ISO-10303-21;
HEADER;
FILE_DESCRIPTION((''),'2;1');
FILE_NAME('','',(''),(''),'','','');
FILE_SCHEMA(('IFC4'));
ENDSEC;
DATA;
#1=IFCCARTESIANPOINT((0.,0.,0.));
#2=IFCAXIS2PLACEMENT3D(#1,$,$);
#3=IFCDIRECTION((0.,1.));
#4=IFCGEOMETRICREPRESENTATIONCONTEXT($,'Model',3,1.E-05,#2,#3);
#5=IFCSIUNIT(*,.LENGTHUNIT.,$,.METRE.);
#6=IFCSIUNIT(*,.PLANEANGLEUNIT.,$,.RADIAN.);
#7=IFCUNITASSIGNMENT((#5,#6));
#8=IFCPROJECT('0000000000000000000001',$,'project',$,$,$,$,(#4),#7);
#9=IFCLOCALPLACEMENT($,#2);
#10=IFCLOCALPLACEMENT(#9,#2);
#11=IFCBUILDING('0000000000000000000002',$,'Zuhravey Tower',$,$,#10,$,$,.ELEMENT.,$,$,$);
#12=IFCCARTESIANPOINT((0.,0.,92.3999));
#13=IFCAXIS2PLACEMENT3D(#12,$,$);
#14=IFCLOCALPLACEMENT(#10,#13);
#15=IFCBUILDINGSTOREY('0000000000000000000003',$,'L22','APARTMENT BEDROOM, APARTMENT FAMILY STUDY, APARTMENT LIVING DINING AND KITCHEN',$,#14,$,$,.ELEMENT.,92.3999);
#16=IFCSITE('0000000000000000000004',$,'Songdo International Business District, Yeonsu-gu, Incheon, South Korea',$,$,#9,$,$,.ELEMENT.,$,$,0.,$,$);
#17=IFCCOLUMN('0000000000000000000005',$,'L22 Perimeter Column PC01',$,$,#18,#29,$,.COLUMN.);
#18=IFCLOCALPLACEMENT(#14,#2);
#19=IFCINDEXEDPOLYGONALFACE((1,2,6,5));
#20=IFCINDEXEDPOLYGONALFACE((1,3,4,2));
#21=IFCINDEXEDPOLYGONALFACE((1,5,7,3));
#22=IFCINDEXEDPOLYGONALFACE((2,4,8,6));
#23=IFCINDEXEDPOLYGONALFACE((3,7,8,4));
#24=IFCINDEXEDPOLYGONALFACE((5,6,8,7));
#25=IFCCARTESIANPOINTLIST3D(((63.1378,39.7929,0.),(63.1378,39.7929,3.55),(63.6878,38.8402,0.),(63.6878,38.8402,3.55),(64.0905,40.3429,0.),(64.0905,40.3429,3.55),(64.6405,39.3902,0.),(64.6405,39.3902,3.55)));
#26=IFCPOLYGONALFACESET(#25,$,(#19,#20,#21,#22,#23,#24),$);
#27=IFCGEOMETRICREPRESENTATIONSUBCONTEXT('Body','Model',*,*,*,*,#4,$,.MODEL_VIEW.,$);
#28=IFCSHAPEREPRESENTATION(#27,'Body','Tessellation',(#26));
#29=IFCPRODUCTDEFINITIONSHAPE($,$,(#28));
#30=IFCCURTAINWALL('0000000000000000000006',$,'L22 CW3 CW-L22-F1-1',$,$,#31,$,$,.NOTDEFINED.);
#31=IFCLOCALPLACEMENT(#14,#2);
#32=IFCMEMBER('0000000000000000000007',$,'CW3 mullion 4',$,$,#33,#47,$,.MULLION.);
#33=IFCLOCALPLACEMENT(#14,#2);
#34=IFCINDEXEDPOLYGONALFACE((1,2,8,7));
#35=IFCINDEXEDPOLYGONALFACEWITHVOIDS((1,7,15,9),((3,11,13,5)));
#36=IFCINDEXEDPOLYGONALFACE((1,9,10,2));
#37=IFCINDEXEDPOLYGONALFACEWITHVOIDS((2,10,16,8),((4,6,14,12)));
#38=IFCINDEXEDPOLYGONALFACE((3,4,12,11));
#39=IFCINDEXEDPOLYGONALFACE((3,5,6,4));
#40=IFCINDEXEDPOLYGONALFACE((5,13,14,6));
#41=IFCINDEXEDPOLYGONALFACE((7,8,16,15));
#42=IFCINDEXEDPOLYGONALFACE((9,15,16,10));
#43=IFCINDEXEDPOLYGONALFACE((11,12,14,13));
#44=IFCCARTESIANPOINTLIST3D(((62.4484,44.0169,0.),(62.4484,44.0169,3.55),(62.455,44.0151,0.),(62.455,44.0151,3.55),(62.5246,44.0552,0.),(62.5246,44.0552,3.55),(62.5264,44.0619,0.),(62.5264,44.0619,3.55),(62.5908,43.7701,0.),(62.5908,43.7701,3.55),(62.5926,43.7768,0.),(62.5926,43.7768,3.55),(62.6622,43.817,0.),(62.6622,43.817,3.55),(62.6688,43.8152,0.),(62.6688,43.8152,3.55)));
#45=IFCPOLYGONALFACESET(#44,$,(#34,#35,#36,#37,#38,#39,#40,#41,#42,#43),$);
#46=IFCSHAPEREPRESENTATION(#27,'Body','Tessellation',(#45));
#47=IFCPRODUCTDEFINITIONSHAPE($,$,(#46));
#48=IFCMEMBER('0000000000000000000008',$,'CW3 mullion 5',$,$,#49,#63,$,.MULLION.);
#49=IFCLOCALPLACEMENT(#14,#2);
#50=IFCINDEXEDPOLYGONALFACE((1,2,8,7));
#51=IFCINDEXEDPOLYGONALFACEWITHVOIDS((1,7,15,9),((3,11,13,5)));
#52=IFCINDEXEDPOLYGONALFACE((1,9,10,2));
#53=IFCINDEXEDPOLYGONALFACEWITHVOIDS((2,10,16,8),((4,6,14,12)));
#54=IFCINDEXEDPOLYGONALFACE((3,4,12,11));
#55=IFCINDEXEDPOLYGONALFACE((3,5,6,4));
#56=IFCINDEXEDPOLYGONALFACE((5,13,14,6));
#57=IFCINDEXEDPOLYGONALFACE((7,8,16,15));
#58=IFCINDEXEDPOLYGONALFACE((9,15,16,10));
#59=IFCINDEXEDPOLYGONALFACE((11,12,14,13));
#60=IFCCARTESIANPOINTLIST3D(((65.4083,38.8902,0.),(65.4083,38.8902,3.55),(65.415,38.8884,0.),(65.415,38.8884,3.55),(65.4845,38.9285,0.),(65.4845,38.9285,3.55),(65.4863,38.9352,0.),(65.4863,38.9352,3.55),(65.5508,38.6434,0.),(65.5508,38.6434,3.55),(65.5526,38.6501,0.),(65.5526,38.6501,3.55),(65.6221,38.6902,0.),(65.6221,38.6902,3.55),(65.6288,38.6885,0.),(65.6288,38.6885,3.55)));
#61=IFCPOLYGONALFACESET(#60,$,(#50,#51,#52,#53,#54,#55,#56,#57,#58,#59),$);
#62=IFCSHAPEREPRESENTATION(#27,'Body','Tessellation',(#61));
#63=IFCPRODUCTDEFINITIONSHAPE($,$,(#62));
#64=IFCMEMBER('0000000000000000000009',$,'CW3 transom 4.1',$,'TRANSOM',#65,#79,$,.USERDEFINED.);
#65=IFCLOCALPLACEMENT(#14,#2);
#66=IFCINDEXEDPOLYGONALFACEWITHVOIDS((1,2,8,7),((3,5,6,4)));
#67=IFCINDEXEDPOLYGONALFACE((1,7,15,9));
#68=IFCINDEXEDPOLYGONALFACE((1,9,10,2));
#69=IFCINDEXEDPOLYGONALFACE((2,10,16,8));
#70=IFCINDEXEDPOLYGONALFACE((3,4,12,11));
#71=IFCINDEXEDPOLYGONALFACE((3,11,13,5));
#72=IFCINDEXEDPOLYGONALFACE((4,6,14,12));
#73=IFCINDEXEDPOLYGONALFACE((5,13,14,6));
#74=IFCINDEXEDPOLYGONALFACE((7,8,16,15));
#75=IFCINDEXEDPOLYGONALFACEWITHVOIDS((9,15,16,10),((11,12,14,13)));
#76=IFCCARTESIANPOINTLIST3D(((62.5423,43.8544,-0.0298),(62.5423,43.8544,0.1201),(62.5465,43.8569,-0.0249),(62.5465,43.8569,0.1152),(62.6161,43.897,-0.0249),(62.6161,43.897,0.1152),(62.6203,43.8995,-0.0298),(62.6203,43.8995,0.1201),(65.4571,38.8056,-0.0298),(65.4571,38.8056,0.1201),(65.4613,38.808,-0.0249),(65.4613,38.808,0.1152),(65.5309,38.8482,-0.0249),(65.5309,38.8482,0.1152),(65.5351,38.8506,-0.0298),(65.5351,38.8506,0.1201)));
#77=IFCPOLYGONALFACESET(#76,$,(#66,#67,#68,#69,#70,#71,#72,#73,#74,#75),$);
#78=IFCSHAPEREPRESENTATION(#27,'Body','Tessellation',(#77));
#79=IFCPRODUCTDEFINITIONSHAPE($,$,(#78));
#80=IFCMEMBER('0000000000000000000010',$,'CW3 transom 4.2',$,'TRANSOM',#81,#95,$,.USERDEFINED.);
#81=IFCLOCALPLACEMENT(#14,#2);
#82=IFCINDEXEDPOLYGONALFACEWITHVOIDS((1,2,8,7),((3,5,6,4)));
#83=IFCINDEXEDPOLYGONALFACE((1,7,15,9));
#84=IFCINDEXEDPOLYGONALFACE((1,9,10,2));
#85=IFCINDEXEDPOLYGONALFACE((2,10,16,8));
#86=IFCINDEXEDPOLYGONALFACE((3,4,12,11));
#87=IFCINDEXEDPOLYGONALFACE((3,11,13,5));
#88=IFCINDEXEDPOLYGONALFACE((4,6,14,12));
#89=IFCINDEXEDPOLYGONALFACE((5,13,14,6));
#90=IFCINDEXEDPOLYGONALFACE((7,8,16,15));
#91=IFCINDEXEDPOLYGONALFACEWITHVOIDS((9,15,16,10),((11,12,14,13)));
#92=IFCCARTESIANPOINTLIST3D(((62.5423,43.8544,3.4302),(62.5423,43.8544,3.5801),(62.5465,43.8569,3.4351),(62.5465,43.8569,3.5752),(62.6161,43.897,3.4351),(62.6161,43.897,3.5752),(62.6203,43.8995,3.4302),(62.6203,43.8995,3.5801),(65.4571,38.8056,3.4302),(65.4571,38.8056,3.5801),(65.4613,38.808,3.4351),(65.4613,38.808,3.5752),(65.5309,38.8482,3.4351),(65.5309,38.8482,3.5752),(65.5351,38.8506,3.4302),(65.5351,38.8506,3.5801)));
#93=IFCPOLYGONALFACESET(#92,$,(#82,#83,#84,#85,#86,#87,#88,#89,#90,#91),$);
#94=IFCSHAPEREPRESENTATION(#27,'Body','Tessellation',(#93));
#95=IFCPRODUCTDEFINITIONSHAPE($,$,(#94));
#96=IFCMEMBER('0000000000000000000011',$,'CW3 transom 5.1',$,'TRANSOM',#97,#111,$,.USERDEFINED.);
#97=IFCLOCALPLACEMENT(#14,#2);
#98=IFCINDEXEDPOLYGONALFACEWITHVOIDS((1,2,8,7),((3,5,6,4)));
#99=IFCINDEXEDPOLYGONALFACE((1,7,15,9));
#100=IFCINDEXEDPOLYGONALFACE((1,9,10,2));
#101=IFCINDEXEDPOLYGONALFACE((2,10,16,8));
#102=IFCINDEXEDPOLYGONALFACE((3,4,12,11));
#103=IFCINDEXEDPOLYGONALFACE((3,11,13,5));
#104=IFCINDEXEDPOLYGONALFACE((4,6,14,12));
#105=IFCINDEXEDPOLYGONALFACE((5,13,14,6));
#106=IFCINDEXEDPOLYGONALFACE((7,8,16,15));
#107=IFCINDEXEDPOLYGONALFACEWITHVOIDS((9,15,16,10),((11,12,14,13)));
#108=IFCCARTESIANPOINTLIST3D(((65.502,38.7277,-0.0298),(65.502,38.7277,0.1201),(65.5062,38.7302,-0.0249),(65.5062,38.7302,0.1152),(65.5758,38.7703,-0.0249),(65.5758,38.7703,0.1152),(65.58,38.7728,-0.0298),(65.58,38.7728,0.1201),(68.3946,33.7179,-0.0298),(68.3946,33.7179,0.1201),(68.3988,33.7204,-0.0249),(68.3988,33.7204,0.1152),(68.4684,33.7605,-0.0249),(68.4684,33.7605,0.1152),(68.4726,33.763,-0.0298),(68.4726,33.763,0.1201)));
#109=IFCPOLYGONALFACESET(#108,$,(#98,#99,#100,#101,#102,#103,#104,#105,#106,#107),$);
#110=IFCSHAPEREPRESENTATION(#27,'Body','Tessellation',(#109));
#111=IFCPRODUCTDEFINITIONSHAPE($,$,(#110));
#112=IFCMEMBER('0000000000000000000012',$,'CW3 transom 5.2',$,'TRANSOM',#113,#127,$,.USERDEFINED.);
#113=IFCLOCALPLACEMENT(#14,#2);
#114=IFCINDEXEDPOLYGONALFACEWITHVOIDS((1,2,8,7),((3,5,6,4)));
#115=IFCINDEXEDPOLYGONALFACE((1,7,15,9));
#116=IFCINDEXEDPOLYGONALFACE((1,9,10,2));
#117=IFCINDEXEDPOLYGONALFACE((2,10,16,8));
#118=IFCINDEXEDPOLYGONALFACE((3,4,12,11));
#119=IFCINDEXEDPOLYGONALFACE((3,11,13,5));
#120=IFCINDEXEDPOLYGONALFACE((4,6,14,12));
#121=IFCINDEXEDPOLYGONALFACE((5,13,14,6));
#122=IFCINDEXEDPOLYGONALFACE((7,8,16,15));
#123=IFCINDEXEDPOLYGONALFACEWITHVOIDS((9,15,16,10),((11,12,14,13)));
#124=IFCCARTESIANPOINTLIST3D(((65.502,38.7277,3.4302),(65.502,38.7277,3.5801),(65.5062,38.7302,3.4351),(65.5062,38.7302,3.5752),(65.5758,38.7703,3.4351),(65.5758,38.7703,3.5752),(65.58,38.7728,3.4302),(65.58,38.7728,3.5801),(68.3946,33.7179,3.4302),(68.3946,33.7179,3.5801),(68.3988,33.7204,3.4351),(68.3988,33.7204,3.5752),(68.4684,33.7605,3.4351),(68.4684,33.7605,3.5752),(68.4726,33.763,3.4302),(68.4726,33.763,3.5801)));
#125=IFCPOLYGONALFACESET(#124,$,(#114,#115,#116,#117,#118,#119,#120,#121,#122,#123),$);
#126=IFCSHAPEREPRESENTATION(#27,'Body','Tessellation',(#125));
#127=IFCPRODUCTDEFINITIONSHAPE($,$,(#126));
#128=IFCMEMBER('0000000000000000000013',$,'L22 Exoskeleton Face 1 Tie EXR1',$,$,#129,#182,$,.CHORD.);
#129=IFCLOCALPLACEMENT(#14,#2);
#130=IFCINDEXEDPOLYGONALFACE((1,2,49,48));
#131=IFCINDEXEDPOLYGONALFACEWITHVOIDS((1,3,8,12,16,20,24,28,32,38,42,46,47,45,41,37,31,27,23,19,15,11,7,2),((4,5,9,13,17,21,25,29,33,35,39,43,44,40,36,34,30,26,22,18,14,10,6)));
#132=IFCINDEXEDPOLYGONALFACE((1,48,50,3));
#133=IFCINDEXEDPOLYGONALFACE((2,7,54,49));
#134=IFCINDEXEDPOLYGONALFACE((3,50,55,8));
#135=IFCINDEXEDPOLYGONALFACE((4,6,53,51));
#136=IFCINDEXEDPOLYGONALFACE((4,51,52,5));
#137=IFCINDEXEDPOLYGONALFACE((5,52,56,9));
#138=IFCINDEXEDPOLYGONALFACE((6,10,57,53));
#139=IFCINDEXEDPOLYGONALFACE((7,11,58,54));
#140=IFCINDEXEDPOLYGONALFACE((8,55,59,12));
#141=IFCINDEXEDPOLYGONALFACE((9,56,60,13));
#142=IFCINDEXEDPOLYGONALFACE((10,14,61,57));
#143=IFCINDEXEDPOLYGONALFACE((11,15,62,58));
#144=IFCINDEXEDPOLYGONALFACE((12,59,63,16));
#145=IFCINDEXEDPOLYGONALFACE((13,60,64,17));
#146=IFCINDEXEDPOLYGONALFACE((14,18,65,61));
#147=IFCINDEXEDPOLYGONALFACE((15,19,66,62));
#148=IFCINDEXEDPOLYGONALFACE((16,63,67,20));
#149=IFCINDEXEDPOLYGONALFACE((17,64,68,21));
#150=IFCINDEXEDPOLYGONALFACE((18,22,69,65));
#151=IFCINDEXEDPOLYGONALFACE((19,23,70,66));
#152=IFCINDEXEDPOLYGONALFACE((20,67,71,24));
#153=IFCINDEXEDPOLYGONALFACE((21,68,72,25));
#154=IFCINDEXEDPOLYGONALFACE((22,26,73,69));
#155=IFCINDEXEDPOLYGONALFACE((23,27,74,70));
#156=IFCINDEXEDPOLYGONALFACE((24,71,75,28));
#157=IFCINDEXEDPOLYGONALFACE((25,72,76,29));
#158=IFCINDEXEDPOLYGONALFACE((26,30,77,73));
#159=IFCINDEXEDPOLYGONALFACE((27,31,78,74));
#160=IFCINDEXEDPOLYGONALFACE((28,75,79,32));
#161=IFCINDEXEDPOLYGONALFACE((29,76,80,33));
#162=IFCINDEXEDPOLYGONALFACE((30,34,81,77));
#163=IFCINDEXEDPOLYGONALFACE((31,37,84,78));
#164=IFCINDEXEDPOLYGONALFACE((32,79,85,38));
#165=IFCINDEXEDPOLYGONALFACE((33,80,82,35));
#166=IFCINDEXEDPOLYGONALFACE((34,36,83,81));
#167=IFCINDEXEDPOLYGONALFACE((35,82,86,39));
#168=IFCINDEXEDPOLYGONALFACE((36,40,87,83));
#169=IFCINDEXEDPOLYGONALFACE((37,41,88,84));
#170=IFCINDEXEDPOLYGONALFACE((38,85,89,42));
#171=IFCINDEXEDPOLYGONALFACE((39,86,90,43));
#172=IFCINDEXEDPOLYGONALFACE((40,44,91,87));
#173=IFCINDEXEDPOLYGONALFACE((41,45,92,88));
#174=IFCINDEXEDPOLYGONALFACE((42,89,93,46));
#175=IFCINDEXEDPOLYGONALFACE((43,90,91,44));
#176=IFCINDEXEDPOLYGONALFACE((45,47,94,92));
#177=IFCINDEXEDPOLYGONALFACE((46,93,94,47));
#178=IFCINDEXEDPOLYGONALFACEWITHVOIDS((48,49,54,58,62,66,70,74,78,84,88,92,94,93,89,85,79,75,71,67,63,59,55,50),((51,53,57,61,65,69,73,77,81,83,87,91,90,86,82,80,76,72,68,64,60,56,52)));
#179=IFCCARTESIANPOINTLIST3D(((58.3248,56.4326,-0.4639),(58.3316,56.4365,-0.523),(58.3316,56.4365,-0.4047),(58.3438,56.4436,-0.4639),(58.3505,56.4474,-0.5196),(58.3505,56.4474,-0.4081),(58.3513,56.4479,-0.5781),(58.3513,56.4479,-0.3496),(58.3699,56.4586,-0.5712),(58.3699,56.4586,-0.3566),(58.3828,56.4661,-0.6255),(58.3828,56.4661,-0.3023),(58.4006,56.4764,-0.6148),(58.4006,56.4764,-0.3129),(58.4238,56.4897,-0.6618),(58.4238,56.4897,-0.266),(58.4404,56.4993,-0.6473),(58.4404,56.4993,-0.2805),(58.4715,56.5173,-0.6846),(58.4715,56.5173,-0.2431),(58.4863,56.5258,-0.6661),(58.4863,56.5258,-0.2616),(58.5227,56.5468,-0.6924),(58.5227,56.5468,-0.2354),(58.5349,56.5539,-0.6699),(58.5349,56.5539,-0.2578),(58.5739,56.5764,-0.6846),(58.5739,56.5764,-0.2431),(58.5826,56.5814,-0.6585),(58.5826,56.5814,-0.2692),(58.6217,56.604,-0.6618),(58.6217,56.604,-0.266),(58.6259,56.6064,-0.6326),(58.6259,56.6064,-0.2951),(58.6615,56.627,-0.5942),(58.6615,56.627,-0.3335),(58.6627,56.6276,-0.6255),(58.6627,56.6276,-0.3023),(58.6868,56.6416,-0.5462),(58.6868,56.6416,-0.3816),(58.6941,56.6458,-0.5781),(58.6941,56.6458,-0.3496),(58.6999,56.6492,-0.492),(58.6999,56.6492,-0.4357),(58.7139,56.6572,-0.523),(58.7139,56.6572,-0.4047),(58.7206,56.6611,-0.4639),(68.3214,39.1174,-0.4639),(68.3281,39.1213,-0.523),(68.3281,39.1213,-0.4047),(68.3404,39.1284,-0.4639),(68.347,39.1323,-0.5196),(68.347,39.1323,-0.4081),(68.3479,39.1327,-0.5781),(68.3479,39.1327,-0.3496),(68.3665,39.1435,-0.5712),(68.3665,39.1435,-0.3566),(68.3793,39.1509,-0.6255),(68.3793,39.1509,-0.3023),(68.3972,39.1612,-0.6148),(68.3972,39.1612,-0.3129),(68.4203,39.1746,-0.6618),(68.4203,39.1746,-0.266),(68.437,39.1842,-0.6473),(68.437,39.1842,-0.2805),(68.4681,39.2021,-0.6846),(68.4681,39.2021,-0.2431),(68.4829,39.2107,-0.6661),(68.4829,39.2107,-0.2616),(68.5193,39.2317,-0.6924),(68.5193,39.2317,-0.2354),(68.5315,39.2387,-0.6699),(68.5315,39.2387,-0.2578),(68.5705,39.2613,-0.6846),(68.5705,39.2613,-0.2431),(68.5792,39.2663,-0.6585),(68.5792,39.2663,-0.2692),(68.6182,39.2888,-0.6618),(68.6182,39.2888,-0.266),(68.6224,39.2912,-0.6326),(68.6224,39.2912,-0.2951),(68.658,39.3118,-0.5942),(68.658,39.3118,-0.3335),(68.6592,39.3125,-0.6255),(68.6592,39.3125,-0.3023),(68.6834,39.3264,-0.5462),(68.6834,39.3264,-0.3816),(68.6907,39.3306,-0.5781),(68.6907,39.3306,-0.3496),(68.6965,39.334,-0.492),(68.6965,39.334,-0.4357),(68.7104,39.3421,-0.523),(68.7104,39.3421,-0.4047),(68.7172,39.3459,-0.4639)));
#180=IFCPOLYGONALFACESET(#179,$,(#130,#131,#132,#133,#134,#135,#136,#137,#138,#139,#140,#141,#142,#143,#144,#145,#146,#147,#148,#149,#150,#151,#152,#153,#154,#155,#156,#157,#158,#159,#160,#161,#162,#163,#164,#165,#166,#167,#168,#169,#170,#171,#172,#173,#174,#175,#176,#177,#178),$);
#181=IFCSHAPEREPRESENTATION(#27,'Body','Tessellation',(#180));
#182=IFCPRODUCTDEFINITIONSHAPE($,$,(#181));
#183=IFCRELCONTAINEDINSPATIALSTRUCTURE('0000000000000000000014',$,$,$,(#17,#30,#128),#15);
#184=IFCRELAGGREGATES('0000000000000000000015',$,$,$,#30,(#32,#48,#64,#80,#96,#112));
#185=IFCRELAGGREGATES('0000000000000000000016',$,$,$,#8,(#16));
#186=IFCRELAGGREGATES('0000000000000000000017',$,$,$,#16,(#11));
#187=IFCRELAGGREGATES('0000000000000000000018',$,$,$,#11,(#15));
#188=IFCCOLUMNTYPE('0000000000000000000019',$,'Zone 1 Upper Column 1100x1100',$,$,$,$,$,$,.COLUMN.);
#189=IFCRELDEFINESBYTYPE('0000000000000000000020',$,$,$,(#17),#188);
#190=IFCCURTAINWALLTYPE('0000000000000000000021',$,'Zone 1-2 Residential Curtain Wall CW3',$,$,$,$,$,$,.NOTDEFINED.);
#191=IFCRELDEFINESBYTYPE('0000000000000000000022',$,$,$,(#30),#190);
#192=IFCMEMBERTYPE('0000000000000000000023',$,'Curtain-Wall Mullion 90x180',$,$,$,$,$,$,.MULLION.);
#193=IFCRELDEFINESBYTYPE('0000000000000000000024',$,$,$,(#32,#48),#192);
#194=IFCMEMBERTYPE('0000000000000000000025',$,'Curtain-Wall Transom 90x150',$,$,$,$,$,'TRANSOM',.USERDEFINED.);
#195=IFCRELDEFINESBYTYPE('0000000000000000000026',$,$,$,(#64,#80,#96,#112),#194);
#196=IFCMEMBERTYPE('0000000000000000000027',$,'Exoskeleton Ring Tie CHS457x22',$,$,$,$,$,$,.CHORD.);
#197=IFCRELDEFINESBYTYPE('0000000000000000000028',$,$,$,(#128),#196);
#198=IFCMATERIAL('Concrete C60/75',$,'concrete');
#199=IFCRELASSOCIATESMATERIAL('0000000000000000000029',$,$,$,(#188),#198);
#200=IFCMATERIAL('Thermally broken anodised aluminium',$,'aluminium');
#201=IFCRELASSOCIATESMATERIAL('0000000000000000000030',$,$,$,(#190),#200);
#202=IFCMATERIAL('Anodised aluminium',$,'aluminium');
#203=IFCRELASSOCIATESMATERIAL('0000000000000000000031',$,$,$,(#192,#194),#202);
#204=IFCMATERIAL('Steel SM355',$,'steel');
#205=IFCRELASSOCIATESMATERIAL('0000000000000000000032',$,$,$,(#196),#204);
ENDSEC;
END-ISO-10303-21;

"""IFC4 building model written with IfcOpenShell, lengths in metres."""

from ifc_helpers import new_model, si_unit, direction, frame, origin, origin_2d, place, context, subcontext, project, spatial, rectangle, hollow_rectangle, hollow_circle, extrude, material, material_profile, profile_set, type_object, element, aggregate, save


model = new_model("IFC4")

# Units and contexts
model_context = context("Model", 3, precision=1e-05, world=origin(), true_north=direction((0.0, 1.0)))
body_context = subcontext(model_context, "Body", "Model", "MODEL_VIEW")
ifc_project = project(units=[si_unit("LENGTHUNIT", "METRE"), si_unit("PLANEANGLEUNIT", "RADIAN")], contexts=[model_context])

# Site, building, storey
site_placement = place(None, origin())
site = spatial("IfcSite", under=ifc_project, at=site_placement, Name="Songdo International Business District, Yeonsu-gu, Incheon, South Korea", CompositionType="ELEMENT", RefElevation=0.0)
building_placement = place(site_placement, origin())
building = spatial("IfcBuilding", under=site, at=building_placement, Name="Zuhravey Tower", CompositionType="ELEMENT")
storey_placement = place(building_placement, frame((0.0, 0.0, 92.3999)))
storey = spatial("IfcBuildingStorey", under=building, at=storey_placement, Name="L22", Description="APARTMENT BEDROOM, APARTMENT FAMILY STUDY, APARTMENT LIVING DINING AND KITCHEN", CompositionType="ELEMENT", Elevation=92.3999)

# Column
ifc_material_1 = material(Name="Concrete C60/75", Category="concrete")
ifc_material_profile_1 = material_profile(ifc_material_1, rectangle(XDim=1.1001, YDim=1.1001, at=origin_2d()), Name="RC-1100x1100")
ifc_profile_set_1 = profile_set([ifc_material_profile_1], Name="Concrete C60/75")
column_type = type_object("IfcColumnType", Name="Zone 1 Upper Column 1100x1100", PredefinedType="COLUMN", material=ifc_profile_set_1)
column_placement = place(storey_placement, frame((63.8892, 39.5916, 0.0), z_axis=(0.0, 0.0, 1.0), x_axis=(-0.5, 0.866025, 0.0)))
element("IfcColumn", 1, at=column_placement, inside=storey, type_object=column_type, Name="L22 Perimeter Column PC01", PredefinedType="COLUMN", context=body_context, shape_type="SweptSolid", body=[
    extrude(rectangle(XDim=1.1001, YDim=1.1001, at=origin_2d()), origin(), (0.0, 0.0, 1.0), 3.55),
])

# Curtain wall, members
ifc_material_2 = material(Name="Thermally broken anodised aluminium", Category="aluminium")
curtain_wall_type = type_object("IfcCurtainWallType", Name="Zone 1-2 Residential Curtain Wall CW3", PredefinedType="NOTDEFINED", material=ifc_material_2)
curtain_wall_placement = place(storey_placement, origin())
curtain_wall = element("IfcCurtainWall", 2, at=curtain_wall_placement, inside=storey, type_object=curtain_wall_type, Name="L22 CW3 CW-L22-F1-1", PredefinedType="NOTDEFINED")
ifc_material_3 = material(Name="Anodised aluminium", Category="aluminium")
ifc_material_profile_2 = material_profile(ifc_material_3, hollow_rectangle(XDim=0.0901, YDim=0.2849, WallThickness=0.0049, at=origin_2d()), Name="ALU-RHS-90x285x5")
ifc_profile_set_2 = profile_set([ifc_material_profile_2], Name="Anodised aluminium")
member_type_1 = type_object("IfcMemberType", Name="Curtain-Wall Mullion 90x180", PredefinedType="MULLION", material=ifc_profile_set_2)
member_1_placement = place(storey_placement, frame((62.5586, 43.916, 0.0), z_axis=(0.0, 0.0, 1.0), x_axis=(0.866026, 0.5, 0.0)))
member_1 = element("IfcMember", 3, at=member_1_placement, type_object=member_type_1, Name="CW3 mullion 4", PredefinedType="MULLION", context=body_context, shape_type="SweptSolid", body=[
    extrude(hollow_rectangle(XDim=0.0901, YDim=0.2849, WallThickness=0.0049, at=origin_2d()), origin(), (0.0, 0.0, 1.0), 3.55),
])
member_2_placement = place(storey_placement, frame((65.5186, 38.7893, 0.0), z_axis=(0.0, 0.0, 1.0), x_axis=(0.866026, 0.5, 0.0)))
member_2 = element("IfcMember", 4, at=member_2_placement, type_object=member_type_1, Name="CW3 mullion 5", PredefinedType="MULLION", context=body_context, shape_type="SweptSolid", body=[
    extrude(hollow_rectangle(XDim=0.0901, YDim=0.2849, WallThickness=0.0049, at=origin_2d()), origin(), (0.0, 0.0, 1.0), 3.55),
])
ifc_material_profile_3 = material_profile(ifc_material_3, hollow_rectangle(XDim=0.0901, YDim=0.1499, WallThickness=0.0049, at=origin_2d()), Name="ALU-RHS-90x150x5")
ifc_profile_set_3 = profile_set([ifc_material_profile_3], Name="Anodised aluminium")
member_type_2 = type_object("IfcMemberType", Name="Curtain-Wall Transom 90x150", ElementType="TRANSOM", PredefinedType="USERDEFINED", material=ifc_profile_set_3)
member_3_placement = place(storey_placement, frame((62.5813, 43.877, 0.0452), z_axis=(0.499981, -0.866036, 0.0), x_axis=(0.866036, 0.499981, 0.0)))
member_3 = element("IfcMember", 5, at=member_3_placement, type_object=member_type_2, Name="CW3 transom 4.1", ObjectType="TRANSOM", PredefinedType="USERDEFINED", context=body_context, shape_type="SweptSolid", body=[
    extrude(hollow_rectangle(XDim=0.0901, YDim=0.1499, WallThickness=0.0049, at=origin_2d()), origin(), (0.0, 0.0, 1.0), 5.8298),
])
member_4_placement = place(storey_placement, frame((62.5813, 43.877, 3.5051), z_axis=(0.499981, -0.866036, 0.0), x_axis=(0.866036, 0.499981, 0.0)))
member_4 = element("IfcMember", 6, at=member_4_placement, type_object=member_type_2, Name="CW3 transom 4.2", ObjectType="TRANSOM", PredefinedType="USERDEFINED", context=body_context, shape_type="SweptSolid", body=[
    extrude(hollow_rectangle(XDim=0.0901, YDim=0.1499, WallThickness=0.0049, at=origin_2d()), origin(), (0.0, 0.0, 1.0), 5.8298),
])
member_5_placement = place(storey_placement, frame((65.541, 38.7502, 0.0452), z_axis=(0.500024, -0.866011, 0.0), x_axis=(0.866011, 0.500024, 0.0)))
member_5 = element("IfcMember", 7, at=member_5_placement, type_object=member_type_2, Name="CW3 transom 5.1", ObjectType="TRANSOM", PredefinedType="USERDEFINED", context=body_context, shape_type="SweptSolid", body=[
    extrude(hollow_rectangle(XDim=0.0901, YDim=0.1499, WallThickness=0.0049, at=origin_2d()), origin(), (0.0, 0.0, 1.0), 5.7849),
])
member_6_placement = place(storey_placement, frame((65.541, 38.7502, 3.5051), z_axis=(0.500024, -0.866011, 0.0), x_axis=(0.866011, 0.500024, 0.0)))
member_6 = element("IfcMember", 8, at=member_6_placement, type_object=member_type_2, Name="CW3 transom 5.2", ObjectType="TRANSOM", PredefinedType="USERDEFINED", context=body_context, shape_type="SweptSolid", body=[
    extrude(hollow_rectangle(XDim=0.0901, YDim=0.1499, WallThickness=0.0049, at=origin_2d()), origin(), (0.0, 0.0, 1.0), 5.7849),
])

# Member
ifc_material_4 = material(Name="Steel SM355", Category="steel")
ifc_material_profile_4 = material_profile(ifc_material_4, hollow_circle(Radius=0.2285, WallThickness=0.022, at=origin_2d()), Name="CHS-457.2x22")
ifc_profile_set_4 = profile_set([ifc_material_profile_4], Name="Steel SM355")
member_type_3 = type_object("IfcMemberType", Name="Exoskeleton Ring Tie CHS457x22", PredefinedType="CHORD", material=ifc_profile_set_4)
member_7_placement = place(storey_placement, frame((68.5193, 39.2317, -0.4639), z_axis=(-0.499987, 0.866033, 0.0), x_axis=(-0.866033, -0.499987, 0.0)))
element("IfcMember", 9, at=member_7_placement, inside=storey, type_object=member_type_3, Name="L22 Exoskeleton Face 1 Tie EXR1", PredefinedType="CHORD", context=body_context, shape_type="SweptSolid", body=[
    extrude(hollow_circle(Radius=0.2285, WallThickness=0.022, at=origin_2d()), origin(), (0.0, 0.0, 1.0), 19.9937),
])

aggregate(curtain_wall, [member_1, member_2, member_3, member_4, member_5, member_6])

save(model, "model.ifc")
